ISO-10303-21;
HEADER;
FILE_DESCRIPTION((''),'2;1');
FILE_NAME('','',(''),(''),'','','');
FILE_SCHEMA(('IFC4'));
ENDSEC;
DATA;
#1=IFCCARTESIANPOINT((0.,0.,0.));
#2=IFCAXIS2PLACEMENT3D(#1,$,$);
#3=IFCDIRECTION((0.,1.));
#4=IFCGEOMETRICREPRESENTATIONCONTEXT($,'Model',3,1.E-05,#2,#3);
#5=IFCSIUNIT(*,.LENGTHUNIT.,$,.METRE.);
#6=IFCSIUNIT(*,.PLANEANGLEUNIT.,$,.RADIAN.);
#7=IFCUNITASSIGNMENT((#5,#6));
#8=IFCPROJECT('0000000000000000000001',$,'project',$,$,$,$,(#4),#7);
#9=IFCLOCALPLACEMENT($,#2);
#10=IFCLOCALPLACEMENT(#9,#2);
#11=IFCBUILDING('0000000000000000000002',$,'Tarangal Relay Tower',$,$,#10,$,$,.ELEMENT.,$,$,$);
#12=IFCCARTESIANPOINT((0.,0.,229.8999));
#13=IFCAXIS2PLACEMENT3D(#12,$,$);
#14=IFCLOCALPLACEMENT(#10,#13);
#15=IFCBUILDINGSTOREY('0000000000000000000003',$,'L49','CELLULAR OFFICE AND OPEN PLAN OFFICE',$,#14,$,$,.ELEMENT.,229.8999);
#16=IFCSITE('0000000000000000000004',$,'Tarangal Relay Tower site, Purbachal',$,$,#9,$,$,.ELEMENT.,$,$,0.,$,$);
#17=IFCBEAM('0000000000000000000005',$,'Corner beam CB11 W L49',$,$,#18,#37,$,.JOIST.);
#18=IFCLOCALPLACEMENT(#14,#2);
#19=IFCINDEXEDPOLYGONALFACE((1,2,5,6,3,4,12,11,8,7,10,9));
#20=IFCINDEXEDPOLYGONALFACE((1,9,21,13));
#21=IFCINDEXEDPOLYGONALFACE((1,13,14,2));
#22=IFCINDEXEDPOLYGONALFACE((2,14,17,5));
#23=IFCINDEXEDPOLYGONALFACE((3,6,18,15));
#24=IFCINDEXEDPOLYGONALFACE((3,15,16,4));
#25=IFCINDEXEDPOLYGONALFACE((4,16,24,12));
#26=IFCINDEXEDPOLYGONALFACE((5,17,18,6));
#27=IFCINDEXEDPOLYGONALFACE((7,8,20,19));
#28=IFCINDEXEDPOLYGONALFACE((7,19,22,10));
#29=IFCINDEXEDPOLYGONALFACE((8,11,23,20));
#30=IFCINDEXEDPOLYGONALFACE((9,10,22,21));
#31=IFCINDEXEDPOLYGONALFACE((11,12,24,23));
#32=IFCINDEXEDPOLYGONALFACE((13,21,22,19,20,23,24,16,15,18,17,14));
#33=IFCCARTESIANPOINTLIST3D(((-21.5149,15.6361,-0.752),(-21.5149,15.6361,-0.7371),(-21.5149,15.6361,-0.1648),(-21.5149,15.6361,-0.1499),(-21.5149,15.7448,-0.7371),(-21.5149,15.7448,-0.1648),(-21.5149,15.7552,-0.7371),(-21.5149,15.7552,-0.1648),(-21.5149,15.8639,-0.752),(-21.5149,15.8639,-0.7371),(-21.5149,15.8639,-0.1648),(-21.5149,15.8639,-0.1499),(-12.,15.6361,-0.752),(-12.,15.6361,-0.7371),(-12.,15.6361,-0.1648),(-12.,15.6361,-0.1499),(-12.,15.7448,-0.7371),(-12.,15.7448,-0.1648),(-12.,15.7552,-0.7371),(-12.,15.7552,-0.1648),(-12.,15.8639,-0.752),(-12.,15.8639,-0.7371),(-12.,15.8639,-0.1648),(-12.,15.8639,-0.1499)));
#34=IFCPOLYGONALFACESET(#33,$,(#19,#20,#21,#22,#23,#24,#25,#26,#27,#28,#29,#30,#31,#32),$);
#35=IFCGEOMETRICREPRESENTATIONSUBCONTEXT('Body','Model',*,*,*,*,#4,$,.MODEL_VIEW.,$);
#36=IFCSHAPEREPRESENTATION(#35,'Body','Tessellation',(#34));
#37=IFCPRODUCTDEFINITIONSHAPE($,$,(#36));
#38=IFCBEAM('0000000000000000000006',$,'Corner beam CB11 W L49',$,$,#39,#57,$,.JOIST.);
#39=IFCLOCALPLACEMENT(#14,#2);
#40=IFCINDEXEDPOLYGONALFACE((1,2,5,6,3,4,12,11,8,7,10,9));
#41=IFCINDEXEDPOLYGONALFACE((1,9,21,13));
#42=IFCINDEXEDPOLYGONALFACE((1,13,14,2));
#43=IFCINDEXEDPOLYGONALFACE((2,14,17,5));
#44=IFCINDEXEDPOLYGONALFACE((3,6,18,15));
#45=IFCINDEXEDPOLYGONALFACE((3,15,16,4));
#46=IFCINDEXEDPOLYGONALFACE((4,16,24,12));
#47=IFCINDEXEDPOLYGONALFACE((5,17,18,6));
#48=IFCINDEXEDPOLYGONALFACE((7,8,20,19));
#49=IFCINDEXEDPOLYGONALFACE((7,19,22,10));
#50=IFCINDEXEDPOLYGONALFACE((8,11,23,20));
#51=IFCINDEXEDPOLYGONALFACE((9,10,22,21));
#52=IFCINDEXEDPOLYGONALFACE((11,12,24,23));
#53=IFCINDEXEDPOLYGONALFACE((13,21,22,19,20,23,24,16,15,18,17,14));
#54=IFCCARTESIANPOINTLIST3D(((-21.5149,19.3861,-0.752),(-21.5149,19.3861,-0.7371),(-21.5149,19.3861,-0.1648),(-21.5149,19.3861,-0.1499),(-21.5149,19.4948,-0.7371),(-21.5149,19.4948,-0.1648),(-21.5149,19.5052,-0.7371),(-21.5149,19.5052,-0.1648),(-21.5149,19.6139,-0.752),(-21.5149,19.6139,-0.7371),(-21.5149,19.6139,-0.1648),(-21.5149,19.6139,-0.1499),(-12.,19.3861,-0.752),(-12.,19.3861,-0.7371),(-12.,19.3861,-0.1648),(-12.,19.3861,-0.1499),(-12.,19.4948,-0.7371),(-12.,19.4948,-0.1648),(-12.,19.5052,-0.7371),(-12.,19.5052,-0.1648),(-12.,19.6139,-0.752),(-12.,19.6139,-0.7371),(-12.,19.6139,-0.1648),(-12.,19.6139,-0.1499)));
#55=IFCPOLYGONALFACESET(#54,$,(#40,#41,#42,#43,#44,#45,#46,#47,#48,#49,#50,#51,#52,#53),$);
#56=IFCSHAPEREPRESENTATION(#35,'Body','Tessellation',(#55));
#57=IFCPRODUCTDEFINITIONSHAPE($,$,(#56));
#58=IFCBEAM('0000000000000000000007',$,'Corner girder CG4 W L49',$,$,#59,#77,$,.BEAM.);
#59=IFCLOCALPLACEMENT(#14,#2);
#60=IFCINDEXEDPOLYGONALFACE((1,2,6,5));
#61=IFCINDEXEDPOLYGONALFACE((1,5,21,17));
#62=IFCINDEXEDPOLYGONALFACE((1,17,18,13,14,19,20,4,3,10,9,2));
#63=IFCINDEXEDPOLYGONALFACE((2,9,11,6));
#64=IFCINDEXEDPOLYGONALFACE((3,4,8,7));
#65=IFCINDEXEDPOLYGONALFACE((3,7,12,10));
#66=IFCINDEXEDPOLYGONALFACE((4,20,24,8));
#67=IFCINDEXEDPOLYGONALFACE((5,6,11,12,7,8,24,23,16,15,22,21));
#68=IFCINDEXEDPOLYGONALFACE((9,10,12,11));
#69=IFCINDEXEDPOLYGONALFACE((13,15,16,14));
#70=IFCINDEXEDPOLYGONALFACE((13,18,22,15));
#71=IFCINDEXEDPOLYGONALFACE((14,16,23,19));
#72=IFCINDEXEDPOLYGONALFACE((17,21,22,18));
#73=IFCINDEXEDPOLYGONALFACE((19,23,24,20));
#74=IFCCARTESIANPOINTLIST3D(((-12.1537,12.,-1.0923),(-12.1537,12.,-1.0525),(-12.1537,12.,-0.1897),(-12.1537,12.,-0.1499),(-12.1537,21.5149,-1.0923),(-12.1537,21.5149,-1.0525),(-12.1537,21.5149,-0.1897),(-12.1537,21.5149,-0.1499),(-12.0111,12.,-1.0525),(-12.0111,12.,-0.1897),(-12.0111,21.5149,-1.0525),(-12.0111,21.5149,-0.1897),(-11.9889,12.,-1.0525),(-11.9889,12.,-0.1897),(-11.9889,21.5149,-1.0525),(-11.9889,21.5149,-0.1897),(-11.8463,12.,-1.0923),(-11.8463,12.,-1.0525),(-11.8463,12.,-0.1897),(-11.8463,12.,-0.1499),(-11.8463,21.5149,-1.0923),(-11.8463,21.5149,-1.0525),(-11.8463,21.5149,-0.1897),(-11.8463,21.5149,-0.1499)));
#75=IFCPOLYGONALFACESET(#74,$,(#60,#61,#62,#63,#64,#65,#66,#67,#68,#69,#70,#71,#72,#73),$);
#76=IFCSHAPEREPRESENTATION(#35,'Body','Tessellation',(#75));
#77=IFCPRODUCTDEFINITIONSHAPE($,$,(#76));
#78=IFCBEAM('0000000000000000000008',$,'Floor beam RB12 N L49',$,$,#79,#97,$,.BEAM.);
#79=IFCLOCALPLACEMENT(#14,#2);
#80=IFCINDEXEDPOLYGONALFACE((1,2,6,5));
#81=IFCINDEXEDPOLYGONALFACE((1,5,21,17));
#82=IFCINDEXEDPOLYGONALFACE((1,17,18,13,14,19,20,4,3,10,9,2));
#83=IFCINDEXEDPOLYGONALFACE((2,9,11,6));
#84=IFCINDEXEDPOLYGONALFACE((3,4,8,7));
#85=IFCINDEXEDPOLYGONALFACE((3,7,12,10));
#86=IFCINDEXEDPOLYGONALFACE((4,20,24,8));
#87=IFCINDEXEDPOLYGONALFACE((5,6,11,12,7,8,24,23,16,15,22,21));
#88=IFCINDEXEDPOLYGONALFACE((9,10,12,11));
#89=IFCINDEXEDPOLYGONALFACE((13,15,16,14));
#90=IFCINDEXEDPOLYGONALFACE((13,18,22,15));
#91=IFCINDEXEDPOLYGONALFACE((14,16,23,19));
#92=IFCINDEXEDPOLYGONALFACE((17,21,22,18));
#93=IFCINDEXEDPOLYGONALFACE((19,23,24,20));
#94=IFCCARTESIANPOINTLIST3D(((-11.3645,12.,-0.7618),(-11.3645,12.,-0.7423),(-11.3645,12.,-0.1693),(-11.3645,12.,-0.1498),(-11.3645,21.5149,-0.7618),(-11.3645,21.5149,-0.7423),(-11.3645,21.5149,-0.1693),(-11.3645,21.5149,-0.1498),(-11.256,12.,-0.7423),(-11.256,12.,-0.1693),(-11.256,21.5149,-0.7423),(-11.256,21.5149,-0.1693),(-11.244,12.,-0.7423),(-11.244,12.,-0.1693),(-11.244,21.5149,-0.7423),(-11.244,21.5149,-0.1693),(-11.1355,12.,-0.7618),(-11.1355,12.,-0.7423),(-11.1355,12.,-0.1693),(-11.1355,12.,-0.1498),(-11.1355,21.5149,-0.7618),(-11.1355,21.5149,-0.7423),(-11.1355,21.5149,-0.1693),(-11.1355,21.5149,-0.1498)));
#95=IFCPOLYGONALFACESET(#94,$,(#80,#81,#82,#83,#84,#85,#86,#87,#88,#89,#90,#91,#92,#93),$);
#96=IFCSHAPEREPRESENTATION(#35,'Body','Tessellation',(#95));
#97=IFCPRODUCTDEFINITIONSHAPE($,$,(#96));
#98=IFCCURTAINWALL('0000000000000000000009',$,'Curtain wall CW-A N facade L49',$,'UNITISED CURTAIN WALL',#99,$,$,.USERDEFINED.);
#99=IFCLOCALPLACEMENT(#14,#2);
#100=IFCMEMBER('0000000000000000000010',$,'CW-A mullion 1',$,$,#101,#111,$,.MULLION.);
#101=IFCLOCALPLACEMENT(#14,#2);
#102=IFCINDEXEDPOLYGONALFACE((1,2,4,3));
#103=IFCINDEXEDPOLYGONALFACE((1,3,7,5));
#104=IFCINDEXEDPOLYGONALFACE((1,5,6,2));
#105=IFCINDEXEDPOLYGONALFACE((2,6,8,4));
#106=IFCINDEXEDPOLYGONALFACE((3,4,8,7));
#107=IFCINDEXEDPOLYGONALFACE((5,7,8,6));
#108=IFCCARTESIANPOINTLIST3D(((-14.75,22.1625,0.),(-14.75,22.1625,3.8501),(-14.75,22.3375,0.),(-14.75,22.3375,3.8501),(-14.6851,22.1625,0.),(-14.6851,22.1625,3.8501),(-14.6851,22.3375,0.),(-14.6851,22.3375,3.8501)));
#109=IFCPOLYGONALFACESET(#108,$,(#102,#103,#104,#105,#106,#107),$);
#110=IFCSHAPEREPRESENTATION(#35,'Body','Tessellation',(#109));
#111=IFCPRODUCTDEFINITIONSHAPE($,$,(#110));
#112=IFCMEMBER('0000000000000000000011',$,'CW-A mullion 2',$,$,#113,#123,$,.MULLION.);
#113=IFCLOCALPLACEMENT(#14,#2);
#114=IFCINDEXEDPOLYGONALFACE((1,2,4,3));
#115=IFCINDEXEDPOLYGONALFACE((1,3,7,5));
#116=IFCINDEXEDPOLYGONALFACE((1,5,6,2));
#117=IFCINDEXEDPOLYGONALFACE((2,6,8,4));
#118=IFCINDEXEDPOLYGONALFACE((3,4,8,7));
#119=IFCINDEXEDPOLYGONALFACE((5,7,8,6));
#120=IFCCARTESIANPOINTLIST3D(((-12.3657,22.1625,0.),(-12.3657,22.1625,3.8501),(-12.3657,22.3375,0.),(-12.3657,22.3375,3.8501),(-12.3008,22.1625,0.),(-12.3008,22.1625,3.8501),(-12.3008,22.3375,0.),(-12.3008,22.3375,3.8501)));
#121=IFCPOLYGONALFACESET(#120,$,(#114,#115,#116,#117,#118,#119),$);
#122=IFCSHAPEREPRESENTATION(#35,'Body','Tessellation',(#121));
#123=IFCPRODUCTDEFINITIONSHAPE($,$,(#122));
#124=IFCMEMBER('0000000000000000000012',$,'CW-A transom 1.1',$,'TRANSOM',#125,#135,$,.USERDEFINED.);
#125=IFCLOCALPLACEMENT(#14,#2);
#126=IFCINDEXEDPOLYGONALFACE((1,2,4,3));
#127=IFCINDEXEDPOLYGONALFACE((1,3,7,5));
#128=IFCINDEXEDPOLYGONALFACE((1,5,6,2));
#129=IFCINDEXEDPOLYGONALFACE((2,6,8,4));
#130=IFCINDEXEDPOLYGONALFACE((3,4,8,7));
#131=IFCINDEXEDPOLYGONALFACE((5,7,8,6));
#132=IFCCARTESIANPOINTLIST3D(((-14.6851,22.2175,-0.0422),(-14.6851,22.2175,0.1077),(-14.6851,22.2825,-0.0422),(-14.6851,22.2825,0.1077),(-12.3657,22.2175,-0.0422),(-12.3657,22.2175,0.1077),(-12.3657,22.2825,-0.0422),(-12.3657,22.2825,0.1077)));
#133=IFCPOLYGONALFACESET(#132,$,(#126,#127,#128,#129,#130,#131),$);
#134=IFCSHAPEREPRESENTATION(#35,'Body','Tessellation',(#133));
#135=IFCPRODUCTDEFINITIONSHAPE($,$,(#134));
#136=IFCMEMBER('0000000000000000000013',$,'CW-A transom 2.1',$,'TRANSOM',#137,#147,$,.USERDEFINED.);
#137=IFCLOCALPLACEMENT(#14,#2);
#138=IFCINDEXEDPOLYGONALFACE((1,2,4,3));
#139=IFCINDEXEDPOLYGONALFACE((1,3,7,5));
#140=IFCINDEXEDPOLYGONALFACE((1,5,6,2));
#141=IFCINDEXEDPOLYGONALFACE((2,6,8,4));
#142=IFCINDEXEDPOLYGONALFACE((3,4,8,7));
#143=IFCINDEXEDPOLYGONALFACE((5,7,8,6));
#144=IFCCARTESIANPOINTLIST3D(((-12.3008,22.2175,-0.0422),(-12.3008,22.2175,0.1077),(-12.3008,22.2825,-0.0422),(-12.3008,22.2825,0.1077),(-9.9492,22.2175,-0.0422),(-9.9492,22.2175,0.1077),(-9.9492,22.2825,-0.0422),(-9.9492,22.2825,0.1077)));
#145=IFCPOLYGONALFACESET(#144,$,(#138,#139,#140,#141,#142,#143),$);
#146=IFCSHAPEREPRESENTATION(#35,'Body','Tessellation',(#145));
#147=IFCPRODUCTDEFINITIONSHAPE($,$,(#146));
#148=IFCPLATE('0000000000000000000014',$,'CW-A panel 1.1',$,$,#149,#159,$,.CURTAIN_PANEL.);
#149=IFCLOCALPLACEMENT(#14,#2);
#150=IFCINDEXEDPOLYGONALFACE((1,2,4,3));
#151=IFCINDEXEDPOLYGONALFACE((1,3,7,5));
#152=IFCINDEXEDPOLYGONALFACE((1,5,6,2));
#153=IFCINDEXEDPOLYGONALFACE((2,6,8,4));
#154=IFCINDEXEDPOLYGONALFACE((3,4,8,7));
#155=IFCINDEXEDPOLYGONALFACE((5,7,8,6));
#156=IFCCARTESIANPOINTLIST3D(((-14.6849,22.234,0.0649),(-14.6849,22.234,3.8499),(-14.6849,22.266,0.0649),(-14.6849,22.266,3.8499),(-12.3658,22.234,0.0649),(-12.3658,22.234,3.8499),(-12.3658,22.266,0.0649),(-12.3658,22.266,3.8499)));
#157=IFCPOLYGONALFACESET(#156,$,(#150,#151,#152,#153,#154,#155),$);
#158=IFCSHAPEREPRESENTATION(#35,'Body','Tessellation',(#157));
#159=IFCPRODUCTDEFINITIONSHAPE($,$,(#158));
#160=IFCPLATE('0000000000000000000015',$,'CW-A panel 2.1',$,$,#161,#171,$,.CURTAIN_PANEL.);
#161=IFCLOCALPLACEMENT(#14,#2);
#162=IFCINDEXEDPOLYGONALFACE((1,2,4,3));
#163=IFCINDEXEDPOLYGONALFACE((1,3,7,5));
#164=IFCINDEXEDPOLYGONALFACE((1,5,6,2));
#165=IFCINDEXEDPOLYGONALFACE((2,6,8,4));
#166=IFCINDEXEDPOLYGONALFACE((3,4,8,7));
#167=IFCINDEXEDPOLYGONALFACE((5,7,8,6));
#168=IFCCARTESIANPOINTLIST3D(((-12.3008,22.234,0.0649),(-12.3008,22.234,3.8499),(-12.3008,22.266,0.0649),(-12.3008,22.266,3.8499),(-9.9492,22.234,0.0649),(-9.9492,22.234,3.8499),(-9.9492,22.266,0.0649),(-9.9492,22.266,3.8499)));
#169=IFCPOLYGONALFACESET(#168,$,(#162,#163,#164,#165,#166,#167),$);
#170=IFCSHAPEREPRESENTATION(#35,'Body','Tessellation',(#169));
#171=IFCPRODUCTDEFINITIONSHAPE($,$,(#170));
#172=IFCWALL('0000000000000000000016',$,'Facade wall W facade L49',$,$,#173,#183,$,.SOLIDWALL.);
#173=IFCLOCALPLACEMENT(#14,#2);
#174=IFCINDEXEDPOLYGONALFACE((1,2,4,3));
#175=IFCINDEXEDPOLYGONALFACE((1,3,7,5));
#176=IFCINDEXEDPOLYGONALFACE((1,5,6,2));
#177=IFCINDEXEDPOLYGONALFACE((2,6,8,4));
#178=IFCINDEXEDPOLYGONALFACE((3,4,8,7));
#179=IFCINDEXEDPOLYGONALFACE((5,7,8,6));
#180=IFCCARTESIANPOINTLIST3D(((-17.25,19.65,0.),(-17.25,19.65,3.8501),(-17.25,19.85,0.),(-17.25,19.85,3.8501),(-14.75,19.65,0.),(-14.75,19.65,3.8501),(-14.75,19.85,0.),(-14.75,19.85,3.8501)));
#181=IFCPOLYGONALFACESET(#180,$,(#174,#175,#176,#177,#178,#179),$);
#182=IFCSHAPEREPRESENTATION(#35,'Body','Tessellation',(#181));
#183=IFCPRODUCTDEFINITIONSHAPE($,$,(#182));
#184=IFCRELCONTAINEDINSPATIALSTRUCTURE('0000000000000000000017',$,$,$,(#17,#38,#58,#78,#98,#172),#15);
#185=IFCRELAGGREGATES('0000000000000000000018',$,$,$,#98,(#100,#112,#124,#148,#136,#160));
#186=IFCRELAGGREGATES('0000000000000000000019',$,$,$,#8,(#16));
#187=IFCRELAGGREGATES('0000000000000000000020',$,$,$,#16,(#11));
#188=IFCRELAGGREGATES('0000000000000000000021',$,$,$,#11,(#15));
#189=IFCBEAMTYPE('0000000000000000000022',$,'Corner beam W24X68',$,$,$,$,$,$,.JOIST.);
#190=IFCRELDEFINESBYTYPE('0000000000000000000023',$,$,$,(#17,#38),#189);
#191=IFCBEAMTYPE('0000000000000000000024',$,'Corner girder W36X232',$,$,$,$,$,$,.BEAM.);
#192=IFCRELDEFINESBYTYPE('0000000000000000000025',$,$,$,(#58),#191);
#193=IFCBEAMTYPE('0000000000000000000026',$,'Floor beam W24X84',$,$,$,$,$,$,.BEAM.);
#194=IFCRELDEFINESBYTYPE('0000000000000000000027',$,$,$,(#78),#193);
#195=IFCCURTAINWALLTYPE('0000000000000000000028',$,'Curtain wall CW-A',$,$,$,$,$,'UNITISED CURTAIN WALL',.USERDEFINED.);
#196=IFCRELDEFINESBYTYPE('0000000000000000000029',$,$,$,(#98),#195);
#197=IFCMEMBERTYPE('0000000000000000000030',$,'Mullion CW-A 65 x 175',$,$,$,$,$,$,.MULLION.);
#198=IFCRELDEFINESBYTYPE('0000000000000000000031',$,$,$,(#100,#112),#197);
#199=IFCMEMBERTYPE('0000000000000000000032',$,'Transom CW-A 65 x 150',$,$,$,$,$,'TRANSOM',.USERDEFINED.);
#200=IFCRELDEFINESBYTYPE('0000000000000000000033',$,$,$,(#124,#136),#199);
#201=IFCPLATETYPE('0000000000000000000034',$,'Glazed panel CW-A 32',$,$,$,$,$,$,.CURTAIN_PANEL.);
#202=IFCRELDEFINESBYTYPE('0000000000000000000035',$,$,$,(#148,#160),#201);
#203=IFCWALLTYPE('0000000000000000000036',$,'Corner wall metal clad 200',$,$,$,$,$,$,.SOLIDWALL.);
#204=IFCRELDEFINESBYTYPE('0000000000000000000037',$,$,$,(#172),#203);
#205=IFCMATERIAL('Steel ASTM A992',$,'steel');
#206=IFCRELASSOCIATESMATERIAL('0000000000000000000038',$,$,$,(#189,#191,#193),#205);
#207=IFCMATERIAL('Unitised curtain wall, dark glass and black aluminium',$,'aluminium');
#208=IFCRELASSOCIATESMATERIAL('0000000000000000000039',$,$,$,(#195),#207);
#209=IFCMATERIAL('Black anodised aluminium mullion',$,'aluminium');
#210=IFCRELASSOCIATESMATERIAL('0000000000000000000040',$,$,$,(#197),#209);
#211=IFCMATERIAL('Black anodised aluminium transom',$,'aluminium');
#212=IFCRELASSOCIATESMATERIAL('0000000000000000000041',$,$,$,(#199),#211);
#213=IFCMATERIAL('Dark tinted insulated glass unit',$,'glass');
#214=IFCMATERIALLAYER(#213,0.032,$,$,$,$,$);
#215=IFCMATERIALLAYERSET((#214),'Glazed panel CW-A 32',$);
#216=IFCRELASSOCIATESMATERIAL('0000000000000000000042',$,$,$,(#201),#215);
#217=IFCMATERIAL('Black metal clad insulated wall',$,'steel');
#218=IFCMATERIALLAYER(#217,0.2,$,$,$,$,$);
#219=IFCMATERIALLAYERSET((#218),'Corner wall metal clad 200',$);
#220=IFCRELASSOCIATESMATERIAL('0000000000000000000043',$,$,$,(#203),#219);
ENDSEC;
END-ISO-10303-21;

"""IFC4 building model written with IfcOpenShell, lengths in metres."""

from ifc_helpers import new_model, si_unit, direction, frame, frame_2d, origin, origin_2d, place, context, subcontext, project, spatial, rectangle, i_section, extrude, material, layer, layer_set, material_profile, profile_set, type_object, element, aggregate, save


model = new_model("IFC4")

# Units and contexts
model_context = context("Model", 3, precision=1e-05, world=origin(), true_north=direction((0.0, 1.0)))
body_context = subcontext(model_context, "Body", "Model", "MODEL_VIEW")
ifc_project = project(units=[si_unit("LENGTHUNIT", "METRE"), si_unit("PLANEANGLEUNIT", "RADIAN")], contexts=[model_context])

# Site, building, storey
site_placement = place(None, origin())
site = spatial("IfcSite", under=ifc_project, at=site_placement, Name="Tarangal Relay Tower site, Purbachal", CompositionType="ELEMENT", RefElevation=0.0)
building_placement = place(site_placement, origin())
building = spatial("IfcBuilding", under=site, at=building_placement, Name="Tarangal Relay Tower", CompositionType="ELEMENT")
storey_placement = place(building_placement, frame((0.0, 0.0, 229.8999)))
storey = spatial("IfcBuildingStorey", under=building, at=storey_placement, Name="L49", Description="CELLULAR OFFICE AND OPEN PLAN OFFICE", CompositionType="ELEMENT", Elevation=229.8999)

# Beams
ifc_material_1 = material(Name="Steel ASTM A992", Category="steel")
ifc_material_profile_1 = material_profile(ifc_material_1, i_section(OverallWidth=0.2278, OverallDepth=0.6021, WebThickness=0.0105, FlangeThickness=0.0149, at=origin_2d()), Name="W24X68")
ifc_profile_set_1 = profile_set([ifc_material_profile_1], Name="Steel ASTM A992")
beam_type_1 = type_object("IfcBeamType", Name="Corner beam W24X68", PredefinedType="JOIST", material=ifc_profile_set_1)
for number, where, z_axis, x_axis, name in (
    (1, (-12.0, 15.75, -0.4509), (-1.0, 0.0, 0.0), (0.0, -1.0, 0.0), "Corner beam CB11 W L49"),
    (2, (-12.0, 19.5, -0.4509), (-1.0, 0.0, 0.0), (0.0, -1.0, 0.0), "Corner beam CB11 W L49"),
):
    element("IfcBeam", number, at=place(storey_placement, frame(where, z_axis=z_axis, x_axis=x_axis)), inside=storey, type_object=beam_type_1, Name=name, PredefinedType="JOIST", context=body_context, shape_type="SweptSolid", body=[
        extrude(i_section(OverallWidth=0.2278, OverallDepth=0.6021, WebThickness=0.0105, FlangeThickness=0.0149, at=origin_2d()), origin(), (0.0, 0.0, 1.0), 9.5149),
    ])
ifc_material_profile_2 = material_profile(ifc_material_1, i_section(OverallWidth=0.3074, OverallDepth=0.9424, WebThickness=0.0222, FlangeThickness=0.0398, at=origin_2d()), Name="W36X232")
ifc_profile_set_2 = profile_set([ifc_material_profile_2], Name="Steel ASTM A992")
beam_type_2 = type_object("IfcBeamType", Name="Corner girder W36X232", PredefinedType="BEAM", material=ifc_profile_set_2)
beam_1_placement = place(storey_placement, frame((-12.0, 12.0, -0.6211), z_axis=(0.0, 1.0, 0.0), x_axis=(-1.0, 0.0, 0.0)))
element("IfcBeam", 3, at=beam_1_placement, inside=storey, type_object=beam_type_2, Name="Corner girder CG4 W L49", PredefinedType="BEAM", context=body_context, shape_type="SweptSolid", body=[
    extrude(i_section(OverallWidth=0.3074, OverallDepth=0.9424, WebThickness=0.0222, FlangeThickness=0.0398, at=origin_2d()), origin(), (0.0, 0.0, 1.0), 9.5149),
])
ifc_material_profile_3 = material_profile(ifc_material_1, i_section(OverallWidth=0.229, OverallDepth=0.6121, WebThickness=0.012, FlangeThickness=0.0195, at=origin_2d()), Name="W24X84")
ifc_profile_set_3 = profile_set([ifc_material_profile_3], Name="Steel ASTM A992")
beam_type_3 = type_object("IfcBeamType", Name="Floor beam W24X84", PredefinedType="BEAM", material=ifc_profile_set_3)
beam_2_placement = place(storey_placement, frame((-11.25, 12.0, -0.4558), z_axis=(0.0, 1.0, 0.0), x_axis=(-1.0, 0.0, 0.0)))
element("IfcBeam", 4, at=beam_2_placement, inside=storey, type_object=beam_type_3, Name="Floor beam RB12 N L49", PredefinedType="BEAM", context=body_context, shape_type="SweptSolid", body=[
    extrude(i_section(OverallWidth=0.229, OverallDepth=0.6121, WebThickness=0.012, FlangeThickness=0.0195, at=origin_2d()), origin(), (0.0, 0.0, 1.0), 9.5149),
])

# Curtain wall, members, plates
ifc_material_2 = material(Name="Unitised curtain wall, dark glass and black aluminium", Category="aluminium")
curtain_wall_type = type_object("IfcCurtainWallType", Name="Curtain wall CW-A", ElementType="UNITISED CURTAIN WALL", PredefinedType="USERDEFINED", material=ifc_material_2)
curtain_wall_placement = place(storey_placement, origin())
curtain_wall = element("IfcCurtainWall", 5, at=curtain_wall_placement, inside=storey, type_object=curtain_wall_type, Name="Curtain wall CW-A N facade L49", ObjectType="UNITISED CURTAIN WALL", PredefinedType="USERDEFINED")
ifc_material_3 = material(Name="Black anodised aluminium mullion", Category="aluminium")
ifc_material_profile_4 = material_profile(ifc_material_3, rectangle(XDim=0.175, YDim=0.0649, at=origin_2d()), Name="CW-AM 65X175")
ifc_profile_set_4 = profile_set([ifc_material_profile_4], Name="Black anodised aluminium mullion")
member_type_1 = type_object("IfcMemberType", Name="Mullion CW-A 65 x 175", PredefinedType="MULLION", material=ifc_profile_set_4)
member_1_placement = place(storey_placement, frame((-14.7175, 22.25, 0.0), z_axis=(0.0, 0.0, 1.0), x_axis=(0.0, 1.0, 0.0)))
member_1 = element("IfcMember", 6, at=member_1_placement, type_object=member_type_1, Name="CW-A mullion 1", PredefinedType="MULLION", context=body_context, shape_type="SweptSolid", body=[
    extrude(rectangle(XDim=0.175, YDim=0.0649, at=origin_2d()), origin(), (0.0, 0.0, 1.0), 3.8501),
])
member_2_placement = place(storey_placement, frame((-12.3333, 22.25, 0.0), z_axis=(0.0, 0.0, 1.0), x_axis=(0.0, 1.0, 0.0)))
member_2 = element("IfcMember", 7, at=member_2_placement, type_object=member_type_1, Name="CW-A mullion 2", PredefinedType="MULLION", context=body_context, shape_type="SweptSolid", body=[
    extrude(rectangle(XDim=0.175, YDim=0.0649, at=origin_2d()), origin(), (0.0, 0.0, 1.0), 3.8501),
])
ifc_material_4 = material(Name="Black anodised aluminium transom", Category="aluminium")
ifc_material_profile_5 = material_profile(ifc_material_4, rectangle(XDim=0.0649, YDim=0.1499, at=origin_2d()), Name="CW-AT 65X150")
ifc_profile_set_5 = profile_set([ifc_material_profile_5], Name="Black anodised aluminium transom")
member_type_2 = type_object("IfcMemberType", Name="Transom CW-A 65 x 150", ElementType="TRANSOM", PredefinedType="USERDEFINED", material=ifc_profile_set_5)
member_3_placement = place(storey_placement, frame((-14.6851, 22.25, 0.0327), z_axis=(1.0, 0.0, 0.0), x_axis=(0.0, 1.0, 0.0)))
member_3 = element("IfcMember", 8, at=member_3_placement, type_object=member_type_2, Name="CW-A transom 1.1", ObjectType="TRANSOM", PredefinedType="USERDEFINED", context=body_context, shape_type="SweptSolid", body=[
    extrude(rectangle(XDim=0.0649, YDim=0.1499, at=origin_2d()), origin(), (0.0, 0.0, 1.0), 2.3193),
])
member_4_placement = place(storey_placement, frame((-12.3008, 22.25, 0.0327), z_axis=(1.0, 0.0, 0.0), x_axis=(0.0, 1.0, 0.0)))
member_4 = element("IfcMember", 9, at=member_4_placement, type_object=member_type_2, Name="CW-A transom 2.1", ObjectType="TRANSOM", PredefinedType="USERDEFINED", context=body_context, shape_type="SweptSolid", body=[
    extrude(rectangle(XDim=0.0649, YDim=0.1499, at=origin_2d()), origin(), (0.0, 0.0, 1.0), 2.3516),
])
ifc_material_5 = material(Name="Dark tinted insulated glass unit", Category="glass")
ifc_layer_1 = layer(ifc_material_5, 0.032)
ifc_layer_set_1 = layer_set([ifc_layer_1], Name="Glazed panel CW-A 32")
plate_type = type_object("IfcPlateType", Name="Glazed panel CW-A 32", PredefinedType="CURTAIN_PANEL", material=ifc_layer_set_1)
plate_1_placement = place(storey_placement, frame((-13.5254, 22.25, 0.0649), z_axis=(0.0, 0.0, 1.0), x_axis=(1.0, 0.0, 0.0)))
plate_1 = element("IfcPlate", 10, at=plate_1_placement, type_object=plate_type, Name="CW-A panel 1.1", PredefinedType="CURTAIN_PANEL", context=body_context, shape_type="SweptSolid", body=[
    extrude(rectangle(XDim=2.3191, YDim=0.032, at=origin_2d()), origin(), (0.0, 0.0, 1.0), 3.7849),
])
plate_2_placement = place(storey_placement, frame((-11.125, 22.25, 0.0649), z_axis=(0.0, 0.0, 1.0), x_axis=(1.0, 0.0, 0.0)))
plate_2 = element("IfcPlate", 11, at=plate_2_placement, type_object=plate_type, Name="CW-A panel 2.1", PredefinedType="CURTAIN_PANEL", context=body_context, shape_type="SweptSolid", body=[
    extrude(rectangle(XDim=2.3516, YDim=0.032, at=origin_2d()), origin(), (0.0, 0.0, 1.0), 3.7849),
])
aggregate(curtain_wall, [member_1, member_2, member_3, plate_1, member_4, plate_2])

# Wall
ifc_material_6 = material(Name="Black metal clad insulated wall", Category="steel")
ifc_layer_2 = layer(ifc_material_6, 0.2)
ifc_layer_set_2 = layer_set([ifc_layer_2], Name="Corner wall metal clad 200")
wall_type_1 = type_object("IfcWallType", Name="Corner wall metal clad 200", PredefinedType="SOLIDWALL", material=ifc_layer_set_2)
wall_1_placement = place(storey_placement, frame((-17.25, 19.75, 0.0), z_axis=(0.0, 0.0, 1.0), x_axis=(1.0, 0.0, 0.0)))
element("IfcWall", 12, at=wall_1_placement, inside=storey, type_object=wall_type_1, Name="Facade wall W facade L49", PredefinedType="SOLIDWALL", context=body_context, shape_type="SweptSolid", body=[
    extrude(rectangle(XDim=2.5, YDim=0.2, at=frame_2d((1.25, 0.0))), origin(), (0.0, 0.0, 1.0), 3.8501),
])

save(model, "model.ifc")
